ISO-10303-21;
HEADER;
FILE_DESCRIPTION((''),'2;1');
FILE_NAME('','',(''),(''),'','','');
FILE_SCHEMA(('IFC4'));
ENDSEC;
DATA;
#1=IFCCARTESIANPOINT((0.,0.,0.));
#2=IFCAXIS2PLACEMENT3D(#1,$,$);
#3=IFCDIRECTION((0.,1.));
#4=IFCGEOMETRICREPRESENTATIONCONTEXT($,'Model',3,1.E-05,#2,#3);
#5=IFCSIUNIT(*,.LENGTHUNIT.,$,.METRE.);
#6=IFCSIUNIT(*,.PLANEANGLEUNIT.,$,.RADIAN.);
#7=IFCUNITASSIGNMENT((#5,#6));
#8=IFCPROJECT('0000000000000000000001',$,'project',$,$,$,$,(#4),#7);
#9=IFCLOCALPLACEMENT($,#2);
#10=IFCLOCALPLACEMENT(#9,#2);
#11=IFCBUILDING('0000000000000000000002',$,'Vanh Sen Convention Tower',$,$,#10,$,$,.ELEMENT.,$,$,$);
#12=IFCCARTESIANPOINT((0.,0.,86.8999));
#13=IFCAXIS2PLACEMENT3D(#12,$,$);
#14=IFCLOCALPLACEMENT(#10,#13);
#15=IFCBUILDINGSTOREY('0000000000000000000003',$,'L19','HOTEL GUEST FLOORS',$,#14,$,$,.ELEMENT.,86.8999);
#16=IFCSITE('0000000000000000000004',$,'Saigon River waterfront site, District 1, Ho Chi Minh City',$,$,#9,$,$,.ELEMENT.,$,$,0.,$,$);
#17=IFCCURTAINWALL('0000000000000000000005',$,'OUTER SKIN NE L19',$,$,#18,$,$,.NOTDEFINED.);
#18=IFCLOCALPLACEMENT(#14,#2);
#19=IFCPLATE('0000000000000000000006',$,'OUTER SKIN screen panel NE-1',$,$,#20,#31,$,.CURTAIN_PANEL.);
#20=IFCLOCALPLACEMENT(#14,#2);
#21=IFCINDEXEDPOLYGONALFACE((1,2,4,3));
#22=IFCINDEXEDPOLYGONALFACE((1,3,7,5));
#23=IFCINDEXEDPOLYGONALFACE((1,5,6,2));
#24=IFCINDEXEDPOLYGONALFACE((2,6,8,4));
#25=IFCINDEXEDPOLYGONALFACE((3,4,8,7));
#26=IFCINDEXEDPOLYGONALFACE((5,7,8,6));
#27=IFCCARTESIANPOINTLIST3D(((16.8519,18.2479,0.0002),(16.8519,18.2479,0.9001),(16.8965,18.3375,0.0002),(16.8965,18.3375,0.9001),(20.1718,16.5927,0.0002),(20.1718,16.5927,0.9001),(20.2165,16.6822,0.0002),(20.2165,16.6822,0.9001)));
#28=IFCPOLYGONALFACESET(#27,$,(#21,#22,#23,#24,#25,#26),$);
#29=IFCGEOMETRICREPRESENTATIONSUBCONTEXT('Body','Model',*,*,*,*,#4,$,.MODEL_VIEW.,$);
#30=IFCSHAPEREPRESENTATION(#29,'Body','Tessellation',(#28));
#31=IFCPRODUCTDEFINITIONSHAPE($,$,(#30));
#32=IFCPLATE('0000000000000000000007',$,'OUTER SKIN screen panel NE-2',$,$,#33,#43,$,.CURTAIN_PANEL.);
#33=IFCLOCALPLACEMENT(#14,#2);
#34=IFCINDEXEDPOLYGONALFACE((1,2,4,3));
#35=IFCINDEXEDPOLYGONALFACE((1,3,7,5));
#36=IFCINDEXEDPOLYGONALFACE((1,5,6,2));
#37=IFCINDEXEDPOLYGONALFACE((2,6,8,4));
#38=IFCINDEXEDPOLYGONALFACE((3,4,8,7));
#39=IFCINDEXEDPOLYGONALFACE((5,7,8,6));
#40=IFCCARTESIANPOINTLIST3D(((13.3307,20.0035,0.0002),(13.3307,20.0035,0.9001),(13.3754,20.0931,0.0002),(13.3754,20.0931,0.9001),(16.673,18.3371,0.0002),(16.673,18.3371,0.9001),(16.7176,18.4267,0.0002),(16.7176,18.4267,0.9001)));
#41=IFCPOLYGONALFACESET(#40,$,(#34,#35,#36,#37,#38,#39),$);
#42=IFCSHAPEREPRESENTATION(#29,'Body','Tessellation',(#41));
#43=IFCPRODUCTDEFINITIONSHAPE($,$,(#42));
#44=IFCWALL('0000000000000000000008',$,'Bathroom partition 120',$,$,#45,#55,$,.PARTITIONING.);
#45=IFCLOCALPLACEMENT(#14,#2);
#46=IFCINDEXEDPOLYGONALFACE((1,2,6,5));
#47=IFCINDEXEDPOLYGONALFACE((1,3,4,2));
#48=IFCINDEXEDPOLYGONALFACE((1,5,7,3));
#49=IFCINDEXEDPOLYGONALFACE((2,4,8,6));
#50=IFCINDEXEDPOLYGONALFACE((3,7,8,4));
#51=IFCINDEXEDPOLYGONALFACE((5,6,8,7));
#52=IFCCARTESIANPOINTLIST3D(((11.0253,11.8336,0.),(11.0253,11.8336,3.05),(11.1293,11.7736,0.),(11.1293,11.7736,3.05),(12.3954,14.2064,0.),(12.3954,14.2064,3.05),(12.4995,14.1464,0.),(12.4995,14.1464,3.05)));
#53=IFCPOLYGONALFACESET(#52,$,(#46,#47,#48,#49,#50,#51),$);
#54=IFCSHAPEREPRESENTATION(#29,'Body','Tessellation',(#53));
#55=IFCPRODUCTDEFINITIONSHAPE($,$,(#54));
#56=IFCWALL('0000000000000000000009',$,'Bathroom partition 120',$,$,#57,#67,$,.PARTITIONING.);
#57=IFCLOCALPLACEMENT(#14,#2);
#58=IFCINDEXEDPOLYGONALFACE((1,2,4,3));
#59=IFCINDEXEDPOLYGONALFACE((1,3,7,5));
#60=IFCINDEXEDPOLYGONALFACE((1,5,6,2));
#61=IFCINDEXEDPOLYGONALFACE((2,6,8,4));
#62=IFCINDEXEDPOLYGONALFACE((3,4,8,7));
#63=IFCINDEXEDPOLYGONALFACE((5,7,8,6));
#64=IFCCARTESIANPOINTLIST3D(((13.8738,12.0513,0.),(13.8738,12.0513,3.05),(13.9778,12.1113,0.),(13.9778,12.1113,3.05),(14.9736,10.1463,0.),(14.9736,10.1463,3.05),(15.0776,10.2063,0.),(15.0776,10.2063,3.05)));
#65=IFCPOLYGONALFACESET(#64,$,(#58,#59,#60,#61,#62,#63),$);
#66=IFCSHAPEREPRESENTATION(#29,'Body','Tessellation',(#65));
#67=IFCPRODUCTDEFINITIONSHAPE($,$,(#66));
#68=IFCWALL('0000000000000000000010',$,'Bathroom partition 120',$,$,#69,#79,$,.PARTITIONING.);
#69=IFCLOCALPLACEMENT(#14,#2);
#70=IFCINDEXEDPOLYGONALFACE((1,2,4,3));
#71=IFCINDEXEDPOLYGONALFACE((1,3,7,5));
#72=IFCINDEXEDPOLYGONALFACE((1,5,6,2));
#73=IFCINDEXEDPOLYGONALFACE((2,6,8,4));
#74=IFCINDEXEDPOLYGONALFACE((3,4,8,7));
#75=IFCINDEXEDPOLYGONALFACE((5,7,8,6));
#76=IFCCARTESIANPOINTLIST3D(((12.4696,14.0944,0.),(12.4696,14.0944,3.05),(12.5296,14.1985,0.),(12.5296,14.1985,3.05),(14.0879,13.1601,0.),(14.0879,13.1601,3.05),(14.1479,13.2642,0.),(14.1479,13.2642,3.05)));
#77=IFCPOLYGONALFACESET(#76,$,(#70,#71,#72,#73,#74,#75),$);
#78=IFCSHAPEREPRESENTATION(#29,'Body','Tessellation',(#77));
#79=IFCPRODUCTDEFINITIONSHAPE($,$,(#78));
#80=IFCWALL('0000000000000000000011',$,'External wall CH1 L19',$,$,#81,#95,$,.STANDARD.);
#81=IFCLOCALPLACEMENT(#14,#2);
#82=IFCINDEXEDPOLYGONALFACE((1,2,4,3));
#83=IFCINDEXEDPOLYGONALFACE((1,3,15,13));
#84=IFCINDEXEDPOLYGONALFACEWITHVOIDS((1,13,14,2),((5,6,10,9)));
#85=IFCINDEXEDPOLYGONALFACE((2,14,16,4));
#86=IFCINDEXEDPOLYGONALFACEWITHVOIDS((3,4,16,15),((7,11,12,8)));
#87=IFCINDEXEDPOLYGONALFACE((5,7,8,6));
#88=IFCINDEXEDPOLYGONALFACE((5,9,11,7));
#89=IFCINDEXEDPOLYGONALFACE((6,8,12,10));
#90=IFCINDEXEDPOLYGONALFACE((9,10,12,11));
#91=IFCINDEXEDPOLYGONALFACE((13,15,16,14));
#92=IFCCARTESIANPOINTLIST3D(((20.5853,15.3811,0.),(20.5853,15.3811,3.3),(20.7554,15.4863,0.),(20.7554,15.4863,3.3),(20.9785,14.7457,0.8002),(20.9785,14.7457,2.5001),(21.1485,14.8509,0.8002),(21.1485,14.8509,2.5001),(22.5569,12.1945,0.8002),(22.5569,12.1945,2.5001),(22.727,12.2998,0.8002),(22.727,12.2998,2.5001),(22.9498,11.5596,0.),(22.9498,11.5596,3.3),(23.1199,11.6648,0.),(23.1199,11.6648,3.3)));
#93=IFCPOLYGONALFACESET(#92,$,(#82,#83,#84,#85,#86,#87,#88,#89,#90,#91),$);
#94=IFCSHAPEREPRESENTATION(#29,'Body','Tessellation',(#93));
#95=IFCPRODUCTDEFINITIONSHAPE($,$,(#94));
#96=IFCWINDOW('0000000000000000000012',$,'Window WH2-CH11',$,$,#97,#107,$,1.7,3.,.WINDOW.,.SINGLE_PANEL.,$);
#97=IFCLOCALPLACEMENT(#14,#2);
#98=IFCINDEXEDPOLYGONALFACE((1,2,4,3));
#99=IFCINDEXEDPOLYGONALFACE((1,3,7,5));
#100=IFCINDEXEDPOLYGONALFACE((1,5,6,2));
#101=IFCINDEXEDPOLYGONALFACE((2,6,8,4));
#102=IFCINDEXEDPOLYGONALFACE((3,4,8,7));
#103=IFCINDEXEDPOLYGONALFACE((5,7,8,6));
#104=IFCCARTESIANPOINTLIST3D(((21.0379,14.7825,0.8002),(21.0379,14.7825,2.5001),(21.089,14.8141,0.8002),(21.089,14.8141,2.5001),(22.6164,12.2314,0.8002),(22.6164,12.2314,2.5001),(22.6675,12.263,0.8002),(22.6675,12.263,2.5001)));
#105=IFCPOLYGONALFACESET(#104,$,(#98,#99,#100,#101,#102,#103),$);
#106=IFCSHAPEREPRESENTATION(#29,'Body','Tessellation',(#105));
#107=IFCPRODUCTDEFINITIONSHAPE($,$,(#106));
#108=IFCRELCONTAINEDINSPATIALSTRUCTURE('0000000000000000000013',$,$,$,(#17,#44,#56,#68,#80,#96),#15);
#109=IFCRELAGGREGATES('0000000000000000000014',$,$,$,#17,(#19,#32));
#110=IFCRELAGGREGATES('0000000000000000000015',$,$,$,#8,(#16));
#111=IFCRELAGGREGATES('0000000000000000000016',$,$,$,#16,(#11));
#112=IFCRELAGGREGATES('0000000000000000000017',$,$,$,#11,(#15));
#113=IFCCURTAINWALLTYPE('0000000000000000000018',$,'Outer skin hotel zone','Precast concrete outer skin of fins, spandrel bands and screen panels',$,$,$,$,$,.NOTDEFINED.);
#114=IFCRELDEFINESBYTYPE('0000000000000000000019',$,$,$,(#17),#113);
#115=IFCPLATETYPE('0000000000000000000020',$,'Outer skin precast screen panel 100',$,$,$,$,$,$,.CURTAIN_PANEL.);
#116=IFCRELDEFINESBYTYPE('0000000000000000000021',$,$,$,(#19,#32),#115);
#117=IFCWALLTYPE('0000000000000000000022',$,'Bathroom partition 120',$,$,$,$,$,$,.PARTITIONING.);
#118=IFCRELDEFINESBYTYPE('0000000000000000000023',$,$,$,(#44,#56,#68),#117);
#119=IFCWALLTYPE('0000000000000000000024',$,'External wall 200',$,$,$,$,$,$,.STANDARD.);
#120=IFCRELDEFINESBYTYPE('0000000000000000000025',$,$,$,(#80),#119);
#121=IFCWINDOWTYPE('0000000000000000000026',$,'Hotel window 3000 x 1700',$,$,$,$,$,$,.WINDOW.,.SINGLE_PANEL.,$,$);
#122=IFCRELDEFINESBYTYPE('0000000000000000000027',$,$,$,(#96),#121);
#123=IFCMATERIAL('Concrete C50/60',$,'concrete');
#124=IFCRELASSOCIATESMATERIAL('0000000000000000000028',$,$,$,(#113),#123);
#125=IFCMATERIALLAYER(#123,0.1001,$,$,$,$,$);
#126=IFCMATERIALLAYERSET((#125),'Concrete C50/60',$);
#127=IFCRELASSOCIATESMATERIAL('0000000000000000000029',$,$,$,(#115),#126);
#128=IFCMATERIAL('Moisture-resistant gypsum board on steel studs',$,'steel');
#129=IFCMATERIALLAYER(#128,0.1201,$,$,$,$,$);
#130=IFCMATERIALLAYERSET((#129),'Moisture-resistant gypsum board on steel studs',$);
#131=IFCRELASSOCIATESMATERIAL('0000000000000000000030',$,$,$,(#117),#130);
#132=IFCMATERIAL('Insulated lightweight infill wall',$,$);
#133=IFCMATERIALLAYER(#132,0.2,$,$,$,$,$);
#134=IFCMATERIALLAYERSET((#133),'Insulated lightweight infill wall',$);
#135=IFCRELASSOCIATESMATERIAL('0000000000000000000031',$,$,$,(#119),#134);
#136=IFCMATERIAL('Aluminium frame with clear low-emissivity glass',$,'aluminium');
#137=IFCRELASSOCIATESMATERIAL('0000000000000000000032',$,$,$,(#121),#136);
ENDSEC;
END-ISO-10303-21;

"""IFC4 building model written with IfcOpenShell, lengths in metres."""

from ifc_helpers import new_model, si_unit, direction, frame, frame_2d, origin, origin_2d, place, context, subcontext, project, spatial, rectangle, extrude, material, layer, layer_set, type_object, element, fill, aggregate, save


model = new_model("IFC4")

# Units and contexts
model_context = context("Model", 3, precision=1e-05, world=origin(), true_north=direction((0.0, 1.0)))
body_context = subcontext(model_context, "Body", "Model", "MODEL_VIEW")
ifc_project = project(units=[si_unit("LENGTHUNIT", "METRE"), si_unit("PLANEANGLEUNIT", "RADIAN")], contexts=[model_context])

# Site, building, storey
site_placement = place(None, origin())
site = spatial("IfcSite", under=ifc_project, at=site_placement, Name="Saigon River waterfront site, District 1, Ho Chi Minh City", CompositionType="ELEMENT", RefElevation=0.0)
building_placement = place(site_placement, origin())
building = spatial("IfcBuilding", under=site, at=building_placement, Name="Vanh Sen Convention Tower", CompositionType="ELEMENT")
storey_placement = place(building_placement, frame((0.0, 0.0, 86.8999)))
storey = spatial("IfcBuildingStorey", under=building, at=storey_placement, Name="L19", Description="HOTEL GUEST FLOORS", CompositionType="ELEMENT", Elevation=86.8999)

# Curtain wall
ifc_material_1 = material(Name="Concrete C50/60", Category="concrete")
curtain_wall_type = type_object("IfcCurtainWallType", Name="Outer skin hotel zone", Description="Precast concrete outer skin of fins, spandrel bands and screen panels", PredefinedType="NOTDEFINED", material=ifc_material_1)
curtain_wall_1_placement = place(storey_placement, origin())
curtain_wall_1 = element("IfcCurtainWall", 1, at=curtain_wall_1_placement, inside=storey, type_object=curtain_wall_type, Name="OUTER SKIN NE L19", PredefinedType="NOTDEFINED")

# Plates
ifc_layer_1 = layer(ifc_material_1, 0.1001)
ifc_layer_set_1 = layer_set([ifc_layer_1], Name="Concrete C50/60")
plate_type = type_object("IfcPlateType", Name="Outer skin precast screen panel 100", PredefinedType="CURTAIN_PANEL", material=ifc_layer_set_1)
plate_1_placement = place(storey_placement, frame((18.5342, 17.4651, 0.0002), z_axis=(0.0, 0.0, 1.0), x_axis=(-0.894935, 0.446196, 0.0)))
plate_1 = element("IfcPlate", 2, at=plate_1_placement, type_object=plate_type, Name="OUTER SKIN screen panel NE-1", PredefinedType="CURTAIN_PANEL", context=body_context, shape_type="SweptSolid", body=[
    extrude(rectangle(XDim=3.7097, YDim=0.1001, at=origin_2d()), origin(), (0.0, 0.0, 1.0), 0.8999),
])
plate_2_placement = place(storey_placement, frame((15.0242, 19.2151, 0.0002), z_axis=(0.0, 0.0, 1.0), x_axis=(-0.894935, 0.446196, 0.0)))
plate_2 = element("IfcPlate", 3, at=plate_2_placement, type_object=plate_type, Name="OUTER SKIN screen panel NE-2", PredefinedType="CURTAIN_PANEL", context=body_context, shape_type="SweptSolid", body=[
    extrude(rectangle(XDim=3.7346, YDim=0.1001, at=origin_2d()), origin(), (0.0, 0.0, 1.0), 0.8999),
])
aggregate(curtain_wall_1, [plate_1, plate_2])

# Walls
ifc_material_2 = material(Name="Moisture-resistant gypsum board on steel studs", Category="steel")
ifc_layer_2 = layer(ifc_material_2, 0.1201)
ifc_layer_set_2 = layer_set([ifc_layer_2], Name="Moisture-resistant gypsum board on steel studs")
wall_type_1 = type_object("IfcWallType", Name="Bathroom partition 120", PredefinedType="PARTITIONING", material=ifc_layer_set_2)
wall_1_placement = place(storey_placement, frame((12.4475, 14.1765, 0.0), z_axis=(0.0, 0.0, 1.0), x_axis=(-0.500049, -0.865997, 0.0)))
element("IfcWall", 4, at=wall_1_placement, inside=storey, type_object=wall_type_1, Name="Bathroom partition 120", PredefinedType="PARTITIONING", context=body_context, shape_type="SweptSolid", body=[
    extrude(rectangle(XDim=2.74, YDim=0.1201, at=frame_2d((1.3701, 0.0))), origin(), (0.0, 0.0, 1.0), 3.05),
])
wall_2_placement = place(storey_placement, frame((13.9258, 12.0813, 0.0), z_axis=(0.0, 0.0, 1.0), x_axis=(0.499995, -0.866028, 0.0)))
element("IfcWall", 5, at=wall_2_placement, inside=storey, type_object=wall_type_1, Name="Bathroom partition 120", PredefinedType="PARTITIONING", context=body_context, shape_type="SweptSolid", body=[
    extrude(rectangle(XDim=2.1997, YDim=0.1201, at=frame_2d((1.0999, 0.0))), origin(), (0.0, 0.0, 1.0), 3.05),
])
wall_3_placement = place(storey_placement, frame((14.1179, 13.2122, 0.0), z_axis=(0.0, 0.0, 1.0), x_axis=(-0.86604, 0.499975, 0.0)))
element("IfcWall", 6, at=wall_3_placement, inside=storey, type_object=wall_type_1, Name="Bathroom partition 120", PredefinedType="PARTITIONING", context=body_context, shape_type="SweptSolid", body=[
    extrude(rectangle(XDim=1.8687, YDim=0.1201, at=frame_2d((0.9343, 0.0))), origin(), (0.0, 0.0, 1.0), 3.05),
])

# Wall, opening, window
ifc_material_3 = material(Name="Insulated lightweight infill wall")
ifc_layer_3 = layer(ifc_material_3, 0.2)
ifc_layer_set_3 = layer_set([ifc_layer_3], Name="Insulated lightweight infill wall")
wall_type_2 = type_object("IfcWallType", Name="External wall 200", PredefinedType="STANDARD", material=ifc_layer_set_3)
wall_4_placement = place(storey_placement, frame((23.0349, 11.6121, 0.0), z_axis=(0.0, 0.0, 1.0), x_axis=(-0.52616, 0.850386, 0.0)))
wall_4 = element("IfcWall", 7, at=wall_4_placement, inside=storey, type_object=wall_type_2, Name="External wall CH1 L19", PredefinedType="STANDARD", context=body_context, shape_type="SweptSolid", body=[
    extrude(rectangle(XDim=4.4939, YDim=0.2, at=frame_2d((2.2471, 0.0))), origin(), (0.0, 0.0, 1.0), 3.3),
])
opening_1_placement = place(wall_4_placement, frame((0.7468, 0.0, 0.8)))
opening_1 = element("IfcOpeningElement", 8, at=opening_1_placement, cuts=wall_4, PredefinedType="OPENING", context=body_context, shape_type="SweptSolid", body=[
    extrude(rectangle(XDim=3.0, YDim=1.7, at=frame_2d((1.5, 0.8501))), frame((0.0, 0.1099, 0.0), z_axis=(0.0, -1.0, 0.0), x_axis=(1.0, 0.0, 0.0)), (0.0, 0.0, 1.0), 0.22),
])
ifc_material_4 = material(Name="Aluminium frame with clear low-emissivity glass", Category="aluminium")
window_type_1 = type_object("IfcWindowType", Name="Hotel window 3000 x 1700", PartitioningType="SINGLE_PANEL", PredefinedType="WINDOW", material=ifc_material_4)
window_1_placement = place(opening_1_placement, origin())
window_1 = element("IfcWindow", 9, at=window_1_placement, inside=storey, type_object=window_type_1, Name="Window WH2-CH11", OverallHeight=1.7, OverallWidth=3.0, PartitioningType="SINGLE_PANEL", PredefinedType="WINDOW", context=body_context, shape_type="SweptSolid", body=[
    extrude(rectangle(XDim=3.0, YDim=1.7, at=frame_2d((1.5, 0.8501))), frame((0.0, 0.03, 0.0), z_axis=(0.0, -1.0, 0.0), x_axis=(1.0, 0.0, 0.0)), (0.0, 0.0, 1.0), 0.0601),
])
fill(opening_1, window_1)

save(model, "model.ifc")
